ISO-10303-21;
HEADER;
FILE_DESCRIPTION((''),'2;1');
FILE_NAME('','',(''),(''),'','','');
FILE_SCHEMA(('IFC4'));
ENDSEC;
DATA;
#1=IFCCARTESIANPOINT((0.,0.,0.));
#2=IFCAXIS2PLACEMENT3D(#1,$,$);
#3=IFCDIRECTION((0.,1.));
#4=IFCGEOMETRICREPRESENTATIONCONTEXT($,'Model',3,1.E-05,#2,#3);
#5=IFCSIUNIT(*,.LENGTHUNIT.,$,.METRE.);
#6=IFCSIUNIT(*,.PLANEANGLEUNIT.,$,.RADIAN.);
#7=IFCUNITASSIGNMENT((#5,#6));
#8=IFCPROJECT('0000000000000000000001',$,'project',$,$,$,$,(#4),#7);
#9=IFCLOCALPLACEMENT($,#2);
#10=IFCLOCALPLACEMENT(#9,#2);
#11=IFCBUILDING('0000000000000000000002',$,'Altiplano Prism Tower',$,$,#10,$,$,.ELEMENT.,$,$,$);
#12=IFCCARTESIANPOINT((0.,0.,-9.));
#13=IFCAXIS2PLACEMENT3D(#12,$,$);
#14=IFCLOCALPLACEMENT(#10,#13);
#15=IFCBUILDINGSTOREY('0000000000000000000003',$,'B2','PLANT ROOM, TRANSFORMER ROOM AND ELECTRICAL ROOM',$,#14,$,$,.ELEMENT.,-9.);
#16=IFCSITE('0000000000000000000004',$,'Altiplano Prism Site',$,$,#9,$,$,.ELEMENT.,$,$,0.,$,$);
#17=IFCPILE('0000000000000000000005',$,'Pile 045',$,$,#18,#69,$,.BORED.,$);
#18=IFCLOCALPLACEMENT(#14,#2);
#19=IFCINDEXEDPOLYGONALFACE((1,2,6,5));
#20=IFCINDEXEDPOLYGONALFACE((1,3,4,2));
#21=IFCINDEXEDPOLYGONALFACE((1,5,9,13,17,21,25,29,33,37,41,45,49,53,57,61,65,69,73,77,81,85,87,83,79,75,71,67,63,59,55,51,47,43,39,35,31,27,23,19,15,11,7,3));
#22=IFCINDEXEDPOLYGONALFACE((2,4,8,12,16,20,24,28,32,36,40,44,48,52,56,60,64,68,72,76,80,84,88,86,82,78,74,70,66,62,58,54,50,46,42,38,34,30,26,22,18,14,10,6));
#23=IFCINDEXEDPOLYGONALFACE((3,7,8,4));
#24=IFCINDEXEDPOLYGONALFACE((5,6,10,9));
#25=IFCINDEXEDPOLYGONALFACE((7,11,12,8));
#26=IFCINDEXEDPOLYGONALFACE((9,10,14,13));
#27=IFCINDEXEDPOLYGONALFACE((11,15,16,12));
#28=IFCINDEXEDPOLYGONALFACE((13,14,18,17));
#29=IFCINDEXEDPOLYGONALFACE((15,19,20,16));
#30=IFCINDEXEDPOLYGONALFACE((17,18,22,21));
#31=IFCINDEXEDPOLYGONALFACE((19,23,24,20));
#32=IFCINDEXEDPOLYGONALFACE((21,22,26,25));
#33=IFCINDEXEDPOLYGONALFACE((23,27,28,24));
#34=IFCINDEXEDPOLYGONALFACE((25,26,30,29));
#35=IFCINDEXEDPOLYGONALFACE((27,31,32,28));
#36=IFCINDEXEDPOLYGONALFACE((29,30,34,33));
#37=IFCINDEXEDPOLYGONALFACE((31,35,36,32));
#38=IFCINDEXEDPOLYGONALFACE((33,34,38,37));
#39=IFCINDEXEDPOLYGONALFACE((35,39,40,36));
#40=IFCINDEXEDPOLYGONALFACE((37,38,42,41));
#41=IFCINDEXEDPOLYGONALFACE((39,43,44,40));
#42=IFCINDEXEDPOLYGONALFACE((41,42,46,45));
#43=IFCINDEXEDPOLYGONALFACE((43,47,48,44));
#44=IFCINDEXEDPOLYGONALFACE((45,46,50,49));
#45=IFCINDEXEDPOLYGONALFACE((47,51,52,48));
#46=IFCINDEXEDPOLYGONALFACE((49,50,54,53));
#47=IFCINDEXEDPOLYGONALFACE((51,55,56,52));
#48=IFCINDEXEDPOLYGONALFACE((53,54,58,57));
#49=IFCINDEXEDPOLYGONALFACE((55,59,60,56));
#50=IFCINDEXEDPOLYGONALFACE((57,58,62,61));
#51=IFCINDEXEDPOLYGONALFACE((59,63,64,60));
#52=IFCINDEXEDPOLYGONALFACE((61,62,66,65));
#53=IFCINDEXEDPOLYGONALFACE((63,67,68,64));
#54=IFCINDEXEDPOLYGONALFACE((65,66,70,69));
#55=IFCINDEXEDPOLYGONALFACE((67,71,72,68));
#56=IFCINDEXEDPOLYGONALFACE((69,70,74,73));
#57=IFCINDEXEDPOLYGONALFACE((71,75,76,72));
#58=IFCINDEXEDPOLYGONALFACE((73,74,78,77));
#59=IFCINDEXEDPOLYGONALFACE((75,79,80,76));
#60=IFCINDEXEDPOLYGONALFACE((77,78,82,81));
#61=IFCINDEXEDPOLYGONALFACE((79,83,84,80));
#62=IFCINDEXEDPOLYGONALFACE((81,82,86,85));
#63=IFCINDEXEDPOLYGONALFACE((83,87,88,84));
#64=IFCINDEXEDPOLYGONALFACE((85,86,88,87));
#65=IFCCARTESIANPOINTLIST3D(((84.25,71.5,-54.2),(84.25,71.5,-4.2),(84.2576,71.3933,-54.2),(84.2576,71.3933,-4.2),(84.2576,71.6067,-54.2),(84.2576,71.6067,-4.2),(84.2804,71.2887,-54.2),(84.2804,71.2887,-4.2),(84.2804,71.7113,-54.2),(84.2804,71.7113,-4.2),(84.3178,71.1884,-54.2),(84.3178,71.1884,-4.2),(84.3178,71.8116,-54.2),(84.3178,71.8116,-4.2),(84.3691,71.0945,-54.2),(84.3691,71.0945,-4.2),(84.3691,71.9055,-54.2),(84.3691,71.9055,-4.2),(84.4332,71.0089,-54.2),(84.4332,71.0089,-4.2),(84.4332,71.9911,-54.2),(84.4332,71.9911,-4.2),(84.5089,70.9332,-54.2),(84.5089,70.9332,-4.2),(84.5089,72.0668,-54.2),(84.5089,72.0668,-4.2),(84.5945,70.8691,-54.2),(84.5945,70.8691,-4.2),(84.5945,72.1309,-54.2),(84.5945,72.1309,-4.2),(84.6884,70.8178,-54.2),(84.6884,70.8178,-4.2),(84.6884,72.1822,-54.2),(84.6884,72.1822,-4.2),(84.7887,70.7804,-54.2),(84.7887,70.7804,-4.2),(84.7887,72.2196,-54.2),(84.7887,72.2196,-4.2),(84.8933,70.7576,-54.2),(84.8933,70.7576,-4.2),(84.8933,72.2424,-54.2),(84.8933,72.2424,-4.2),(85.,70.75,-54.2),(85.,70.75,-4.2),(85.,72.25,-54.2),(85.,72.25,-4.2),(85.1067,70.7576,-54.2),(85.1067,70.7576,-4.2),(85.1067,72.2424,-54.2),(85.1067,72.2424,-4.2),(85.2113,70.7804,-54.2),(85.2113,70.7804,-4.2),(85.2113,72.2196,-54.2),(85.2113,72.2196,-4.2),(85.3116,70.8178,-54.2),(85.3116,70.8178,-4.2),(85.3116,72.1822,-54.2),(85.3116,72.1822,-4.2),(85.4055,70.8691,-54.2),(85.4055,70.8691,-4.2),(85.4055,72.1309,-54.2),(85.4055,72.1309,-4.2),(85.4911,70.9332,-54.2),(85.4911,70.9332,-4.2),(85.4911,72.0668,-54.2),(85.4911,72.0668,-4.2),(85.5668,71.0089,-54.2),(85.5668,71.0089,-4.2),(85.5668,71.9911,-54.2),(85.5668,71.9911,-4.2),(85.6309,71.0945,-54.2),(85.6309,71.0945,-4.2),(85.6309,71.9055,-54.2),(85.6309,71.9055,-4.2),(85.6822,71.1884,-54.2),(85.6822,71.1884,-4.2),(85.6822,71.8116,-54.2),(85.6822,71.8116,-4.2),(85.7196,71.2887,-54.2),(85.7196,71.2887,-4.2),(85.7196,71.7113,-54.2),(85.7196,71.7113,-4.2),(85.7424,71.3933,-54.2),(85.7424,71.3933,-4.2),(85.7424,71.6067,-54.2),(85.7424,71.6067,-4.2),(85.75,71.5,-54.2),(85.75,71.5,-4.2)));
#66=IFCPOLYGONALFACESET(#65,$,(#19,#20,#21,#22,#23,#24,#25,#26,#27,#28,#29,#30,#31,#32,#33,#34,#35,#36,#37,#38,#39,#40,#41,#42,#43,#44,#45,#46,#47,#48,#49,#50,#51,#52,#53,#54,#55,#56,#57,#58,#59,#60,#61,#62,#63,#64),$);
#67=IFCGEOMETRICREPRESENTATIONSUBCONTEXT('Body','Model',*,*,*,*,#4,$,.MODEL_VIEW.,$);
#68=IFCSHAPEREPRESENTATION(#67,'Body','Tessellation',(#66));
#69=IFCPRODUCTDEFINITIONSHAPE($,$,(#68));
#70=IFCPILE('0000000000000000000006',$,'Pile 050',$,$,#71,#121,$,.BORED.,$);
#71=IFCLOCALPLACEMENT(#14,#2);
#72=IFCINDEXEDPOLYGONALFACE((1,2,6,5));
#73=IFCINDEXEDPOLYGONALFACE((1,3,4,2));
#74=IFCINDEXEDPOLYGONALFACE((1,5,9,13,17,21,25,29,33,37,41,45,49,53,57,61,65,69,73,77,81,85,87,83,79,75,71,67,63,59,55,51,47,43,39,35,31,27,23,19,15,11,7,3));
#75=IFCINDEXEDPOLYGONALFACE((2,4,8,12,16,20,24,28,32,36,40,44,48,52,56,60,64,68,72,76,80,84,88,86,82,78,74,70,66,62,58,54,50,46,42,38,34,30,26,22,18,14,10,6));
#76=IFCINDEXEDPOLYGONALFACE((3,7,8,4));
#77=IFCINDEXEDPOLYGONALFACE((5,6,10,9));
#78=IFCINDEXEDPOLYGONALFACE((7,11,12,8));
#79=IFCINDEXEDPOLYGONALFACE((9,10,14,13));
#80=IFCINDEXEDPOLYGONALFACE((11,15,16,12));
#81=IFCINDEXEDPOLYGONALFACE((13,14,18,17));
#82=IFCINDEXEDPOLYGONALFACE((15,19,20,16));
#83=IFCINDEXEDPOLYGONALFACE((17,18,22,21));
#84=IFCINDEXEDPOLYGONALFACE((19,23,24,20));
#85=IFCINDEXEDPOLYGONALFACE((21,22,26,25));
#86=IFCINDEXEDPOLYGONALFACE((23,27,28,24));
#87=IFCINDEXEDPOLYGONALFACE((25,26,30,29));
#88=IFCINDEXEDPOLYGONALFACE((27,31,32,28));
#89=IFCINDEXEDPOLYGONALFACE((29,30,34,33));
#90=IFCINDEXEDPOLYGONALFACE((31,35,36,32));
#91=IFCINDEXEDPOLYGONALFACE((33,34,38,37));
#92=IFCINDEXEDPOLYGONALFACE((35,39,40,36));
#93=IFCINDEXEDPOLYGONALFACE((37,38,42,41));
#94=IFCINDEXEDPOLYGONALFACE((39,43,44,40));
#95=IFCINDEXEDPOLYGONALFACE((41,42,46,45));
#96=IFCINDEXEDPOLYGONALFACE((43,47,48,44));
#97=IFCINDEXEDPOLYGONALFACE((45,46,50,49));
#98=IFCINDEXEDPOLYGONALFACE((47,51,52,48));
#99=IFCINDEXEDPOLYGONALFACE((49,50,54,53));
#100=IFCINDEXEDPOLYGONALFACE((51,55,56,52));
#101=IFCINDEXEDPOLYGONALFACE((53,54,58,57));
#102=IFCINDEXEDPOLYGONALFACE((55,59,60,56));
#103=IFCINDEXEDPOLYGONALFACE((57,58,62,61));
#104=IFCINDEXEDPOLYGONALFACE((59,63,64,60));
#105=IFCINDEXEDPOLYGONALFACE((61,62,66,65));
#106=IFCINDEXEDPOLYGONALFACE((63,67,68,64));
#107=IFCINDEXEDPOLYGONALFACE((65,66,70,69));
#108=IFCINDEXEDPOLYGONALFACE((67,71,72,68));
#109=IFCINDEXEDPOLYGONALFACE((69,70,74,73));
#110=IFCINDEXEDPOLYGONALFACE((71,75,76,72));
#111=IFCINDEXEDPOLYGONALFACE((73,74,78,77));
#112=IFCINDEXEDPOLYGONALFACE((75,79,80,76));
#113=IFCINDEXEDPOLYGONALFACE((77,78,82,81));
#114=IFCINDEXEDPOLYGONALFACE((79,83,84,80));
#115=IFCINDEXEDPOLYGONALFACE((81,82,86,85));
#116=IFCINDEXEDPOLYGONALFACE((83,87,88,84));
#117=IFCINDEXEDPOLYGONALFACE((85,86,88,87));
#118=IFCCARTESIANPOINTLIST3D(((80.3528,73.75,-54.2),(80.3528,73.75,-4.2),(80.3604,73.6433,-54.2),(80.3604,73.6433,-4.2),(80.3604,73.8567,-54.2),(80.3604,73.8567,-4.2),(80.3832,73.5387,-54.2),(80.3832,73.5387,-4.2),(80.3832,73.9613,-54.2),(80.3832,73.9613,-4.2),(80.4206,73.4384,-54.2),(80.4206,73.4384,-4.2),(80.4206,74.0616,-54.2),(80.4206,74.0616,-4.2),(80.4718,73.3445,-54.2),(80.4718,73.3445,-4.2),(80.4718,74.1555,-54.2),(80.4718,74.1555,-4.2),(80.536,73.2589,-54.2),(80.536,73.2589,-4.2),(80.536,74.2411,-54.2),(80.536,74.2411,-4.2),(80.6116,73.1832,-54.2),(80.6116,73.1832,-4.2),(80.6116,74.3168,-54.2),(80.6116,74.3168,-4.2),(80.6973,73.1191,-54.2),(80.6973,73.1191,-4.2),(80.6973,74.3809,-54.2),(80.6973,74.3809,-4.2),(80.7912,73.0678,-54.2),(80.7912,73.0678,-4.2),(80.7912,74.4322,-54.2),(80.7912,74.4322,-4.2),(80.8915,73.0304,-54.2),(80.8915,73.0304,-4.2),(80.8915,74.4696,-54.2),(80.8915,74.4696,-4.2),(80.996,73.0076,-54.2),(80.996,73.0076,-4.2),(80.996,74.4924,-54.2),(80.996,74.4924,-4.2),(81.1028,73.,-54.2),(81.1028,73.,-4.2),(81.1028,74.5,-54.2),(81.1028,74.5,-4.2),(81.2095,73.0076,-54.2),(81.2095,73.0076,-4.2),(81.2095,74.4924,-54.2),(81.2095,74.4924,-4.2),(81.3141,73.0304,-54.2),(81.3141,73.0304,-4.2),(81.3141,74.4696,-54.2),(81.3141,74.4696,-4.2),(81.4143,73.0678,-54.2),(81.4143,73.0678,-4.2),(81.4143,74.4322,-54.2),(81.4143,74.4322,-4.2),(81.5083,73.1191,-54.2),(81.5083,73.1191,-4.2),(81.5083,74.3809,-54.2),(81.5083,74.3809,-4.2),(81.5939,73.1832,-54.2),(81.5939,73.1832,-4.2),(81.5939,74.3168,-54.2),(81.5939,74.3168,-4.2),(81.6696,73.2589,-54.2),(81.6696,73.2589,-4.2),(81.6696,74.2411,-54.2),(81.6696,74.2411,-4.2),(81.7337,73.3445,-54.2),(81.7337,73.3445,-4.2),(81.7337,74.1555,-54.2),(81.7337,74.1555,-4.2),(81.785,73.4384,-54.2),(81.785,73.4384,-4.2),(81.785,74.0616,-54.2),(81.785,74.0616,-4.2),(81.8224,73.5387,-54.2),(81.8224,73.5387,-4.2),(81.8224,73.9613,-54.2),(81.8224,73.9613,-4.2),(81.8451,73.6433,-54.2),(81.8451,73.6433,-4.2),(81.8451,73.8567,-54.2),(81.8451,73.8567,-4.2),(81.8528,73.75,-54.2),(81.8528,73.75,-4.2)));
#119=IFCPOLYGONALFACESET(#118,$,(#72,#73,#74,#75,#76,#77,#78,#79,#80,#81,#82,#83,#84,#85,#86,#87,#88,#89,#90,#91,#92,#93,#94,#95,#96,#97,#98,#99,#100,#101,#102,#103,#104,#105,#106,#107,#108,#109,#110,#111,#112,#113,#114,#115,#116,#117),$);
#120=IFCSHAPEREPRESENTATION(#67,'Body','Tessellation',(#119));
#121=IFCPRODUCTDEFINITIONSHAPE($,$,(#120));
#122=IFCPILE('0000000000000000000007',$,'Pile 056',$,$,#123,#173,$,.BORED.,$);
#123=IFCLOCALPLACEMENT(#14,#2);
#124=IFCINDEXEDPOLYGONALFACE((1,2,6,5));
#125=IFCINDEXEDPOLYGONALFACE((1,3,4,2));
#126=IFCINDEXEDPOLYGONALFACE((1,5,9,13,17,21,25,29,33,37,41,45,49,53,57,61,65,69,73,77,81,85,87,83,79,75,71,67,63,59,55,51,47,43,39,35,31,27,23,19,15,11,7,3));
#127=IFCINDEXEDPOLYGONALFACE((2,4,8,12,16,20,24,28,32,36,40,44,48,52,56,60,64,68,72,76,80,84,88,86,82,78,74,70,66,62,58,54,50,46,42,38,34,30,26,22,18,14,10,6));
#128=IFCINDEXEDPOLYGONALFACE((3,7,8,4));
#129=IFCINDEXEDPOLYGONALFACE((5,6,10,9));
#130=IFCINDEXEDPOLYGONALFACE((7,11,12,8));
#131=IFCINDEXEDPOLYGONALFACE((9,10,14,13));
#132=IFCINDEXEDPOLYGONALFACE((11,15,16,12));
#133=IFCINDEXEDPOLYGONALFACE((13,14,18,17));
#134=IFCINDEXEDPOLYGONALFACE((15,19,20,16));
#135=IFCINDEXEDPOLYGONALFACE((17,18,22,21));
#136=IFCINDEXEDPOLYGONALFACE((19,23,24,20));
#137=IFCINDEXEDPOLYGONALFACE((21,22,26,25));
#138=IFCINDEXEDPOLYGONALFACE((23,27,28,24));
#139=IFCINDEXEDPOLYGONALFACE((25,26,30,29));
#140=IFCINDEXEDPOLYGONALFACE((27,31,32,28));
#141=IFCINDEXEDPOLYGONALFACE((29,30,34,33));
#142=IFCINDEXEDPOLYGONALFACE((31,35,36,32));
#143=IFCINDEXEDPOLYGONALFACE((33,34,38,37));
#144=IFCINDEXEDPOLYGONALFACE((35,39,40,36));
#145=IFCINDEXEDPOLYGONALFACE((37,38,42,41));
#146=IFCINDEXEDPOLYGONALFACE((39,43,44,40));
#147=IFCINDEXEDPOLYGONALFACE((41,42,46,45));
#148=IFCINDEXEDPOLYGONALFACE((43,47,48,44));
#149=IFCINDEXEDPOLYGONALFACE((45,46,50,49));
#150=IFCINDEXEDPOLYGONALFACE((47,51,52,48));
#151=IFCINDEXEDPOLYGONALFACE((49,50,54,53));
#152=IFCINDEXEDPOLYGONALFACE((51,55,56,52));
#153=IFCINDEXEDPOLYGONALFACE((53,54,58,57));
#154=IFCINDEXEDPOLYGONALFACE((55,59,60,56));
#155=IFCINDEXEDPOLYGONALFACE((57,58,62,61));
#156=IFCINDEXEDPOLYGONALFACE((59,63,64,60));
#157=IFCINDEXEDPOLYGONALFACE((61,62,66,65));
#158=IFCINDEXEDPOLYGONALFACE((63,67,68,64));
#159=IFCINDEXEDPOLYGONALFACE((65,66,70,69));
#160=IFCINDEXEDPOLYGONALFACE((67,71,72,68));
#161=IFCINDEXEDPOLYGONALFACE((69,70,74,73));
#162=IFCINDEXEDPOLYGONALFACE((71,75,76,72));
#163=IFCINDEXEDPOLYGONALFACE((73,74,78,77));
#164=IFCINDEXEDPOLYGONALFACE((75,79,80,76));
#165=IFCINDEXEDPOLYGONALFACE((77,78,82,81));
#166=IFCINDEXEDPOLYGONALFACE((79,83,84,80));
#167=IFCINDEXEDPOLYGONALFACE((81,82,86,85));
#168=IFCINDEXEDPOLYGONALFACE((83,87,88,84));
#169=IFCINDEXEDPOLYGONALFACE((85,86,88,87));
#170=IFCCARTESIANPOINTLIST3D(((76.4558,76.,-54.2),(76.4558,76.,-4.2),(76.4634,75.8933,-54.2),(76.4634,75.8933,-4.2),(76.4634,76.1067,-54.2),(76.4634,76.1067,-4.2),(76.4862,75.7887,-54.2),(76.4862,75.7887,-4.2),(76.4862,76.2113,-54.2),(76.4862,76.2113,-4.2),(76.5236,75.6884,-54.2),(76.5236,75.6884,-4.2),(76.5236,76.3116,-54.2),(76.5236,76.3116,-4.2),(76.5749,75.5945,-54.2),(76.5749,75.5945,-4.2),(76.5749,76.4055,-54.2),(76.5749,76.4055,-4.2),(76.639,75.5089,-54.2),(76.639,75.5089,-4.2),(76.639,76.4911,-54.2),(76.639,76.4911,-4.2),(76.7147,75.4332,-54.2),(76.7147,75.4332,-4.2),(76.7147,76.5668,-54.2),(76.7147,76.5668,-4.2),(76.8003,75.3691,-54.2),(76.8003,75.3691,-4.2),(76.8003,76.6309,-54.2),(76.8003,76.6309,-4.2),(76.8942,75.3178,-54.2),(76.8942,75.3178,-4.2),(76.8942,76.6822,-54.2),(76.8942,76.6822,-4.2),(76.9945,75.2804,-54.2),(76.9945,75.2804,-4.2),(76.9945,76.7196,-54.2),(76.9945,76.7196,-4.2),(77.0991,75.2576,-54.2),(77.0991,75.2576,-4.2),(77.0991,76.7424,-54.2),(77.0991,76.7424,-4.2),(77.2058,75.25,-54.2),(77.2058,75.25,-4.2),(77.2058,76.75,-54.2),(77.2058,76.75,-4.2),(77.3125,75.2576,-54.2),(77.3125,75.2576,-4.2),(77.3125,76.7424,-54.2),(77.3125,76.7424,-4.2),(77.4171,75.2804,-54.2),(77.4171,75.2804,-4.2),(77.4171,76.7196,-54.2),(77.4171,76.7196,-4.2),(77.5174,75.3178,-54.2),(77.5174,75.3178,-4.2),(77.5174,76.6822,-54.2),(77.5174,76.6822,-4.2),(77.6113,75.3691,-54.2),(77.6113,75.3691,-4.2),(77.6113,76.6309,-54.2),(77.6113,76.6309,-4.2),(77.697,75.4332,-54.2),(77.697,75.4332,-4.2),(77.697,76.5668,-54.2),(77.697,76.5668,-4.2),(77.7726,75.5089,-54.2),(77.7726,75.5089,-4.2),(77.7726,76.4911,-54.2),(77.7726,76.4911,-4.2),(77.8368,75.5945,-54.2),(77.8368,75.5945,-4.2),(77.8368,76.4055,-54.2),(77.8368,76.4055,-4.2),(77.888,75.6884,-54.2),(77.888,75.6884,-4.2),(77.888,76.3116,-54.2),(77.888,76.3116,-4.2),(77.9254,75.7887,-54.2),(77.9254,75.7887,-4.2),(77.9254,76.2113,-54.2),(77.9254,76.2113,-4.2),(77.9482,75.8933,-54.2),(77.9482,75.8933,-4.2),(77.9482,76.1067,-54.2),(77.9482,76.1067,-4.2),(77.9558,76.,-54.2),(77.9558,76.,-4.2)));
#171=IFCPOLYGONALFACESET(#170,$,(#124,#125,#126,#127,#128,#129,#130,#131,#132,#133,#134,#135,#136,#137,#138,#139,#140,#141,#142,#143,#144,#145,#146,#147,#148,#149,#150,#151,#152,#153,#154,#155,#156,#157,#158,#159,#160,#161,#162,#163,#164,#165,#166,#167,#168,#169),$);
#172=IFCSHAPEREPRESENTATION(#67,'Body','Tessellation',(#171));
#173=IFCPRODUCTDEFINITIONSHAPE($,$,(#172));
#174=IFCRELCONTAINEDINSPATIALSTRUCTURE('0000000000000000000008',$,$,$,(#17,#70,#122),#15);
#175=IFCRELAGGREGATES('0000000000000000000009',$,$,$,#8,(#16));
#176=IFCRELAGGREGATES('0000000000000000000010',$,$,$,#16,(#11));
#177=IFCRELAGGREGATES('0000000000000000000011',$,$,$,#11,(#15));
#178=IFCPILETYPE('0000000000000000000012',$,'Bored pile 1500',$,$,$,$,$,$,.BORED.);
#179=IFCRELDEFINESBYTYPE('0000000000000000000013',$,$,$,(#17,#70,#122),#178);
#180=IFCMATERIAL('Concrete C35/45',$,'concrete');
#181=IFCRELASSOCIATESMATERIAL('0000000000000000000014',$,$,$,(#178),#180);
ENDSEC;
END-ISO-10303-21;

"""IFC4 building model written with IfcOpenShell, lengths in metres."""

from ifc_helpers import new_model, si_unit, direction, frame, origin, origin_2d, place, context, subcontext, project, spatial, circle, extrude, material, material_profile, profile_set, type_object, element, save


model = new_model("IFC4")

# Units and contexts
model_context = context("Model", 3, precision=1e-05, world=origin(), true_north=direction((0.0, 1.0)))
body_context = subcontext(model_context, "Body", "Model", "MODEL_VIEW")
ifc_project = project(units=[si_unit("LENGTHUNIT", "METRE"), si_unit("PLANEANGLEUNIT", "RADIAN")], contexts=[model_context])

# Site, building, storey
site_placement = place(None, origin())
site = spatial("IfcSite", under=ifc_project, at=site_placement, Name="Altiplano Prism Site", CompositionType="ELEMENT", RefElevation=0.0)
building_placement = place(site_placement, origin())
building = spatial("IfcBuilding", under=site, at=building_placement, Name="Altiplano Prism Tower", CompositionType="ELEMENT")
storey_placement = place(building_placement, frame((0.0, 0.0, -9.0)))
storey = spatial("IfcBuildingStorey", under=building, at=storey_placement, Name="B2", Description="PLANT ROOM, TRANSFORMER ROOM AND ELECTRICAL ROOM", CompositionType="ELEMENT", Elevation=-9.0)

# Piles
ifc_material_1 = material(Name="Concrete C35/45", Category="concrete")
ifc_material_profile_1 = material_profile(ifc_material_1, circle(Radius=0.75, at=origin_2d()), Name="Bored pile 1500")
ifc_profile_set_1 = profile_set([ifc_material_profile_1], Name="Concrete C35/45")
pile_type = type_object("IfcPileType", Name="Bored pile 1500", PredefinedType="BORED", material=ifc_profile_set_1)
for number, where, z_axis, x_axis, name in (
    (1, (85.0, 71.5, -4.2), (0.0, 0.0, -1.0), (1.0, 0.0, 0.0), "Pile 045"),
    (2, (81.1028, 73.75, -4.2), (0.0, 0.0, -1.0), (1.0, 0.0, 0.0), "Pile 050"),
    (3, (77.2058, 76.0, -4.2), (0.0, 0.0, -1.0), (1.0, 0.0, 0.0), "Pile 056"),
):
    element("IfcPile", number, at=place(storey_placement, frame(where, z_axis=z_axis, x_axis=x_axis)), inside=storey, type_object=pile_type, Name=name, PredefinedType="BORED", context=body_context, shape_type="SweptSolid", body=[
        extrude(circle(Radius=0.75, at=origin_2d()), origin(), (0.0, 0.0, 1.0), 50.0),
    ])

save(model, "model.ifc")
